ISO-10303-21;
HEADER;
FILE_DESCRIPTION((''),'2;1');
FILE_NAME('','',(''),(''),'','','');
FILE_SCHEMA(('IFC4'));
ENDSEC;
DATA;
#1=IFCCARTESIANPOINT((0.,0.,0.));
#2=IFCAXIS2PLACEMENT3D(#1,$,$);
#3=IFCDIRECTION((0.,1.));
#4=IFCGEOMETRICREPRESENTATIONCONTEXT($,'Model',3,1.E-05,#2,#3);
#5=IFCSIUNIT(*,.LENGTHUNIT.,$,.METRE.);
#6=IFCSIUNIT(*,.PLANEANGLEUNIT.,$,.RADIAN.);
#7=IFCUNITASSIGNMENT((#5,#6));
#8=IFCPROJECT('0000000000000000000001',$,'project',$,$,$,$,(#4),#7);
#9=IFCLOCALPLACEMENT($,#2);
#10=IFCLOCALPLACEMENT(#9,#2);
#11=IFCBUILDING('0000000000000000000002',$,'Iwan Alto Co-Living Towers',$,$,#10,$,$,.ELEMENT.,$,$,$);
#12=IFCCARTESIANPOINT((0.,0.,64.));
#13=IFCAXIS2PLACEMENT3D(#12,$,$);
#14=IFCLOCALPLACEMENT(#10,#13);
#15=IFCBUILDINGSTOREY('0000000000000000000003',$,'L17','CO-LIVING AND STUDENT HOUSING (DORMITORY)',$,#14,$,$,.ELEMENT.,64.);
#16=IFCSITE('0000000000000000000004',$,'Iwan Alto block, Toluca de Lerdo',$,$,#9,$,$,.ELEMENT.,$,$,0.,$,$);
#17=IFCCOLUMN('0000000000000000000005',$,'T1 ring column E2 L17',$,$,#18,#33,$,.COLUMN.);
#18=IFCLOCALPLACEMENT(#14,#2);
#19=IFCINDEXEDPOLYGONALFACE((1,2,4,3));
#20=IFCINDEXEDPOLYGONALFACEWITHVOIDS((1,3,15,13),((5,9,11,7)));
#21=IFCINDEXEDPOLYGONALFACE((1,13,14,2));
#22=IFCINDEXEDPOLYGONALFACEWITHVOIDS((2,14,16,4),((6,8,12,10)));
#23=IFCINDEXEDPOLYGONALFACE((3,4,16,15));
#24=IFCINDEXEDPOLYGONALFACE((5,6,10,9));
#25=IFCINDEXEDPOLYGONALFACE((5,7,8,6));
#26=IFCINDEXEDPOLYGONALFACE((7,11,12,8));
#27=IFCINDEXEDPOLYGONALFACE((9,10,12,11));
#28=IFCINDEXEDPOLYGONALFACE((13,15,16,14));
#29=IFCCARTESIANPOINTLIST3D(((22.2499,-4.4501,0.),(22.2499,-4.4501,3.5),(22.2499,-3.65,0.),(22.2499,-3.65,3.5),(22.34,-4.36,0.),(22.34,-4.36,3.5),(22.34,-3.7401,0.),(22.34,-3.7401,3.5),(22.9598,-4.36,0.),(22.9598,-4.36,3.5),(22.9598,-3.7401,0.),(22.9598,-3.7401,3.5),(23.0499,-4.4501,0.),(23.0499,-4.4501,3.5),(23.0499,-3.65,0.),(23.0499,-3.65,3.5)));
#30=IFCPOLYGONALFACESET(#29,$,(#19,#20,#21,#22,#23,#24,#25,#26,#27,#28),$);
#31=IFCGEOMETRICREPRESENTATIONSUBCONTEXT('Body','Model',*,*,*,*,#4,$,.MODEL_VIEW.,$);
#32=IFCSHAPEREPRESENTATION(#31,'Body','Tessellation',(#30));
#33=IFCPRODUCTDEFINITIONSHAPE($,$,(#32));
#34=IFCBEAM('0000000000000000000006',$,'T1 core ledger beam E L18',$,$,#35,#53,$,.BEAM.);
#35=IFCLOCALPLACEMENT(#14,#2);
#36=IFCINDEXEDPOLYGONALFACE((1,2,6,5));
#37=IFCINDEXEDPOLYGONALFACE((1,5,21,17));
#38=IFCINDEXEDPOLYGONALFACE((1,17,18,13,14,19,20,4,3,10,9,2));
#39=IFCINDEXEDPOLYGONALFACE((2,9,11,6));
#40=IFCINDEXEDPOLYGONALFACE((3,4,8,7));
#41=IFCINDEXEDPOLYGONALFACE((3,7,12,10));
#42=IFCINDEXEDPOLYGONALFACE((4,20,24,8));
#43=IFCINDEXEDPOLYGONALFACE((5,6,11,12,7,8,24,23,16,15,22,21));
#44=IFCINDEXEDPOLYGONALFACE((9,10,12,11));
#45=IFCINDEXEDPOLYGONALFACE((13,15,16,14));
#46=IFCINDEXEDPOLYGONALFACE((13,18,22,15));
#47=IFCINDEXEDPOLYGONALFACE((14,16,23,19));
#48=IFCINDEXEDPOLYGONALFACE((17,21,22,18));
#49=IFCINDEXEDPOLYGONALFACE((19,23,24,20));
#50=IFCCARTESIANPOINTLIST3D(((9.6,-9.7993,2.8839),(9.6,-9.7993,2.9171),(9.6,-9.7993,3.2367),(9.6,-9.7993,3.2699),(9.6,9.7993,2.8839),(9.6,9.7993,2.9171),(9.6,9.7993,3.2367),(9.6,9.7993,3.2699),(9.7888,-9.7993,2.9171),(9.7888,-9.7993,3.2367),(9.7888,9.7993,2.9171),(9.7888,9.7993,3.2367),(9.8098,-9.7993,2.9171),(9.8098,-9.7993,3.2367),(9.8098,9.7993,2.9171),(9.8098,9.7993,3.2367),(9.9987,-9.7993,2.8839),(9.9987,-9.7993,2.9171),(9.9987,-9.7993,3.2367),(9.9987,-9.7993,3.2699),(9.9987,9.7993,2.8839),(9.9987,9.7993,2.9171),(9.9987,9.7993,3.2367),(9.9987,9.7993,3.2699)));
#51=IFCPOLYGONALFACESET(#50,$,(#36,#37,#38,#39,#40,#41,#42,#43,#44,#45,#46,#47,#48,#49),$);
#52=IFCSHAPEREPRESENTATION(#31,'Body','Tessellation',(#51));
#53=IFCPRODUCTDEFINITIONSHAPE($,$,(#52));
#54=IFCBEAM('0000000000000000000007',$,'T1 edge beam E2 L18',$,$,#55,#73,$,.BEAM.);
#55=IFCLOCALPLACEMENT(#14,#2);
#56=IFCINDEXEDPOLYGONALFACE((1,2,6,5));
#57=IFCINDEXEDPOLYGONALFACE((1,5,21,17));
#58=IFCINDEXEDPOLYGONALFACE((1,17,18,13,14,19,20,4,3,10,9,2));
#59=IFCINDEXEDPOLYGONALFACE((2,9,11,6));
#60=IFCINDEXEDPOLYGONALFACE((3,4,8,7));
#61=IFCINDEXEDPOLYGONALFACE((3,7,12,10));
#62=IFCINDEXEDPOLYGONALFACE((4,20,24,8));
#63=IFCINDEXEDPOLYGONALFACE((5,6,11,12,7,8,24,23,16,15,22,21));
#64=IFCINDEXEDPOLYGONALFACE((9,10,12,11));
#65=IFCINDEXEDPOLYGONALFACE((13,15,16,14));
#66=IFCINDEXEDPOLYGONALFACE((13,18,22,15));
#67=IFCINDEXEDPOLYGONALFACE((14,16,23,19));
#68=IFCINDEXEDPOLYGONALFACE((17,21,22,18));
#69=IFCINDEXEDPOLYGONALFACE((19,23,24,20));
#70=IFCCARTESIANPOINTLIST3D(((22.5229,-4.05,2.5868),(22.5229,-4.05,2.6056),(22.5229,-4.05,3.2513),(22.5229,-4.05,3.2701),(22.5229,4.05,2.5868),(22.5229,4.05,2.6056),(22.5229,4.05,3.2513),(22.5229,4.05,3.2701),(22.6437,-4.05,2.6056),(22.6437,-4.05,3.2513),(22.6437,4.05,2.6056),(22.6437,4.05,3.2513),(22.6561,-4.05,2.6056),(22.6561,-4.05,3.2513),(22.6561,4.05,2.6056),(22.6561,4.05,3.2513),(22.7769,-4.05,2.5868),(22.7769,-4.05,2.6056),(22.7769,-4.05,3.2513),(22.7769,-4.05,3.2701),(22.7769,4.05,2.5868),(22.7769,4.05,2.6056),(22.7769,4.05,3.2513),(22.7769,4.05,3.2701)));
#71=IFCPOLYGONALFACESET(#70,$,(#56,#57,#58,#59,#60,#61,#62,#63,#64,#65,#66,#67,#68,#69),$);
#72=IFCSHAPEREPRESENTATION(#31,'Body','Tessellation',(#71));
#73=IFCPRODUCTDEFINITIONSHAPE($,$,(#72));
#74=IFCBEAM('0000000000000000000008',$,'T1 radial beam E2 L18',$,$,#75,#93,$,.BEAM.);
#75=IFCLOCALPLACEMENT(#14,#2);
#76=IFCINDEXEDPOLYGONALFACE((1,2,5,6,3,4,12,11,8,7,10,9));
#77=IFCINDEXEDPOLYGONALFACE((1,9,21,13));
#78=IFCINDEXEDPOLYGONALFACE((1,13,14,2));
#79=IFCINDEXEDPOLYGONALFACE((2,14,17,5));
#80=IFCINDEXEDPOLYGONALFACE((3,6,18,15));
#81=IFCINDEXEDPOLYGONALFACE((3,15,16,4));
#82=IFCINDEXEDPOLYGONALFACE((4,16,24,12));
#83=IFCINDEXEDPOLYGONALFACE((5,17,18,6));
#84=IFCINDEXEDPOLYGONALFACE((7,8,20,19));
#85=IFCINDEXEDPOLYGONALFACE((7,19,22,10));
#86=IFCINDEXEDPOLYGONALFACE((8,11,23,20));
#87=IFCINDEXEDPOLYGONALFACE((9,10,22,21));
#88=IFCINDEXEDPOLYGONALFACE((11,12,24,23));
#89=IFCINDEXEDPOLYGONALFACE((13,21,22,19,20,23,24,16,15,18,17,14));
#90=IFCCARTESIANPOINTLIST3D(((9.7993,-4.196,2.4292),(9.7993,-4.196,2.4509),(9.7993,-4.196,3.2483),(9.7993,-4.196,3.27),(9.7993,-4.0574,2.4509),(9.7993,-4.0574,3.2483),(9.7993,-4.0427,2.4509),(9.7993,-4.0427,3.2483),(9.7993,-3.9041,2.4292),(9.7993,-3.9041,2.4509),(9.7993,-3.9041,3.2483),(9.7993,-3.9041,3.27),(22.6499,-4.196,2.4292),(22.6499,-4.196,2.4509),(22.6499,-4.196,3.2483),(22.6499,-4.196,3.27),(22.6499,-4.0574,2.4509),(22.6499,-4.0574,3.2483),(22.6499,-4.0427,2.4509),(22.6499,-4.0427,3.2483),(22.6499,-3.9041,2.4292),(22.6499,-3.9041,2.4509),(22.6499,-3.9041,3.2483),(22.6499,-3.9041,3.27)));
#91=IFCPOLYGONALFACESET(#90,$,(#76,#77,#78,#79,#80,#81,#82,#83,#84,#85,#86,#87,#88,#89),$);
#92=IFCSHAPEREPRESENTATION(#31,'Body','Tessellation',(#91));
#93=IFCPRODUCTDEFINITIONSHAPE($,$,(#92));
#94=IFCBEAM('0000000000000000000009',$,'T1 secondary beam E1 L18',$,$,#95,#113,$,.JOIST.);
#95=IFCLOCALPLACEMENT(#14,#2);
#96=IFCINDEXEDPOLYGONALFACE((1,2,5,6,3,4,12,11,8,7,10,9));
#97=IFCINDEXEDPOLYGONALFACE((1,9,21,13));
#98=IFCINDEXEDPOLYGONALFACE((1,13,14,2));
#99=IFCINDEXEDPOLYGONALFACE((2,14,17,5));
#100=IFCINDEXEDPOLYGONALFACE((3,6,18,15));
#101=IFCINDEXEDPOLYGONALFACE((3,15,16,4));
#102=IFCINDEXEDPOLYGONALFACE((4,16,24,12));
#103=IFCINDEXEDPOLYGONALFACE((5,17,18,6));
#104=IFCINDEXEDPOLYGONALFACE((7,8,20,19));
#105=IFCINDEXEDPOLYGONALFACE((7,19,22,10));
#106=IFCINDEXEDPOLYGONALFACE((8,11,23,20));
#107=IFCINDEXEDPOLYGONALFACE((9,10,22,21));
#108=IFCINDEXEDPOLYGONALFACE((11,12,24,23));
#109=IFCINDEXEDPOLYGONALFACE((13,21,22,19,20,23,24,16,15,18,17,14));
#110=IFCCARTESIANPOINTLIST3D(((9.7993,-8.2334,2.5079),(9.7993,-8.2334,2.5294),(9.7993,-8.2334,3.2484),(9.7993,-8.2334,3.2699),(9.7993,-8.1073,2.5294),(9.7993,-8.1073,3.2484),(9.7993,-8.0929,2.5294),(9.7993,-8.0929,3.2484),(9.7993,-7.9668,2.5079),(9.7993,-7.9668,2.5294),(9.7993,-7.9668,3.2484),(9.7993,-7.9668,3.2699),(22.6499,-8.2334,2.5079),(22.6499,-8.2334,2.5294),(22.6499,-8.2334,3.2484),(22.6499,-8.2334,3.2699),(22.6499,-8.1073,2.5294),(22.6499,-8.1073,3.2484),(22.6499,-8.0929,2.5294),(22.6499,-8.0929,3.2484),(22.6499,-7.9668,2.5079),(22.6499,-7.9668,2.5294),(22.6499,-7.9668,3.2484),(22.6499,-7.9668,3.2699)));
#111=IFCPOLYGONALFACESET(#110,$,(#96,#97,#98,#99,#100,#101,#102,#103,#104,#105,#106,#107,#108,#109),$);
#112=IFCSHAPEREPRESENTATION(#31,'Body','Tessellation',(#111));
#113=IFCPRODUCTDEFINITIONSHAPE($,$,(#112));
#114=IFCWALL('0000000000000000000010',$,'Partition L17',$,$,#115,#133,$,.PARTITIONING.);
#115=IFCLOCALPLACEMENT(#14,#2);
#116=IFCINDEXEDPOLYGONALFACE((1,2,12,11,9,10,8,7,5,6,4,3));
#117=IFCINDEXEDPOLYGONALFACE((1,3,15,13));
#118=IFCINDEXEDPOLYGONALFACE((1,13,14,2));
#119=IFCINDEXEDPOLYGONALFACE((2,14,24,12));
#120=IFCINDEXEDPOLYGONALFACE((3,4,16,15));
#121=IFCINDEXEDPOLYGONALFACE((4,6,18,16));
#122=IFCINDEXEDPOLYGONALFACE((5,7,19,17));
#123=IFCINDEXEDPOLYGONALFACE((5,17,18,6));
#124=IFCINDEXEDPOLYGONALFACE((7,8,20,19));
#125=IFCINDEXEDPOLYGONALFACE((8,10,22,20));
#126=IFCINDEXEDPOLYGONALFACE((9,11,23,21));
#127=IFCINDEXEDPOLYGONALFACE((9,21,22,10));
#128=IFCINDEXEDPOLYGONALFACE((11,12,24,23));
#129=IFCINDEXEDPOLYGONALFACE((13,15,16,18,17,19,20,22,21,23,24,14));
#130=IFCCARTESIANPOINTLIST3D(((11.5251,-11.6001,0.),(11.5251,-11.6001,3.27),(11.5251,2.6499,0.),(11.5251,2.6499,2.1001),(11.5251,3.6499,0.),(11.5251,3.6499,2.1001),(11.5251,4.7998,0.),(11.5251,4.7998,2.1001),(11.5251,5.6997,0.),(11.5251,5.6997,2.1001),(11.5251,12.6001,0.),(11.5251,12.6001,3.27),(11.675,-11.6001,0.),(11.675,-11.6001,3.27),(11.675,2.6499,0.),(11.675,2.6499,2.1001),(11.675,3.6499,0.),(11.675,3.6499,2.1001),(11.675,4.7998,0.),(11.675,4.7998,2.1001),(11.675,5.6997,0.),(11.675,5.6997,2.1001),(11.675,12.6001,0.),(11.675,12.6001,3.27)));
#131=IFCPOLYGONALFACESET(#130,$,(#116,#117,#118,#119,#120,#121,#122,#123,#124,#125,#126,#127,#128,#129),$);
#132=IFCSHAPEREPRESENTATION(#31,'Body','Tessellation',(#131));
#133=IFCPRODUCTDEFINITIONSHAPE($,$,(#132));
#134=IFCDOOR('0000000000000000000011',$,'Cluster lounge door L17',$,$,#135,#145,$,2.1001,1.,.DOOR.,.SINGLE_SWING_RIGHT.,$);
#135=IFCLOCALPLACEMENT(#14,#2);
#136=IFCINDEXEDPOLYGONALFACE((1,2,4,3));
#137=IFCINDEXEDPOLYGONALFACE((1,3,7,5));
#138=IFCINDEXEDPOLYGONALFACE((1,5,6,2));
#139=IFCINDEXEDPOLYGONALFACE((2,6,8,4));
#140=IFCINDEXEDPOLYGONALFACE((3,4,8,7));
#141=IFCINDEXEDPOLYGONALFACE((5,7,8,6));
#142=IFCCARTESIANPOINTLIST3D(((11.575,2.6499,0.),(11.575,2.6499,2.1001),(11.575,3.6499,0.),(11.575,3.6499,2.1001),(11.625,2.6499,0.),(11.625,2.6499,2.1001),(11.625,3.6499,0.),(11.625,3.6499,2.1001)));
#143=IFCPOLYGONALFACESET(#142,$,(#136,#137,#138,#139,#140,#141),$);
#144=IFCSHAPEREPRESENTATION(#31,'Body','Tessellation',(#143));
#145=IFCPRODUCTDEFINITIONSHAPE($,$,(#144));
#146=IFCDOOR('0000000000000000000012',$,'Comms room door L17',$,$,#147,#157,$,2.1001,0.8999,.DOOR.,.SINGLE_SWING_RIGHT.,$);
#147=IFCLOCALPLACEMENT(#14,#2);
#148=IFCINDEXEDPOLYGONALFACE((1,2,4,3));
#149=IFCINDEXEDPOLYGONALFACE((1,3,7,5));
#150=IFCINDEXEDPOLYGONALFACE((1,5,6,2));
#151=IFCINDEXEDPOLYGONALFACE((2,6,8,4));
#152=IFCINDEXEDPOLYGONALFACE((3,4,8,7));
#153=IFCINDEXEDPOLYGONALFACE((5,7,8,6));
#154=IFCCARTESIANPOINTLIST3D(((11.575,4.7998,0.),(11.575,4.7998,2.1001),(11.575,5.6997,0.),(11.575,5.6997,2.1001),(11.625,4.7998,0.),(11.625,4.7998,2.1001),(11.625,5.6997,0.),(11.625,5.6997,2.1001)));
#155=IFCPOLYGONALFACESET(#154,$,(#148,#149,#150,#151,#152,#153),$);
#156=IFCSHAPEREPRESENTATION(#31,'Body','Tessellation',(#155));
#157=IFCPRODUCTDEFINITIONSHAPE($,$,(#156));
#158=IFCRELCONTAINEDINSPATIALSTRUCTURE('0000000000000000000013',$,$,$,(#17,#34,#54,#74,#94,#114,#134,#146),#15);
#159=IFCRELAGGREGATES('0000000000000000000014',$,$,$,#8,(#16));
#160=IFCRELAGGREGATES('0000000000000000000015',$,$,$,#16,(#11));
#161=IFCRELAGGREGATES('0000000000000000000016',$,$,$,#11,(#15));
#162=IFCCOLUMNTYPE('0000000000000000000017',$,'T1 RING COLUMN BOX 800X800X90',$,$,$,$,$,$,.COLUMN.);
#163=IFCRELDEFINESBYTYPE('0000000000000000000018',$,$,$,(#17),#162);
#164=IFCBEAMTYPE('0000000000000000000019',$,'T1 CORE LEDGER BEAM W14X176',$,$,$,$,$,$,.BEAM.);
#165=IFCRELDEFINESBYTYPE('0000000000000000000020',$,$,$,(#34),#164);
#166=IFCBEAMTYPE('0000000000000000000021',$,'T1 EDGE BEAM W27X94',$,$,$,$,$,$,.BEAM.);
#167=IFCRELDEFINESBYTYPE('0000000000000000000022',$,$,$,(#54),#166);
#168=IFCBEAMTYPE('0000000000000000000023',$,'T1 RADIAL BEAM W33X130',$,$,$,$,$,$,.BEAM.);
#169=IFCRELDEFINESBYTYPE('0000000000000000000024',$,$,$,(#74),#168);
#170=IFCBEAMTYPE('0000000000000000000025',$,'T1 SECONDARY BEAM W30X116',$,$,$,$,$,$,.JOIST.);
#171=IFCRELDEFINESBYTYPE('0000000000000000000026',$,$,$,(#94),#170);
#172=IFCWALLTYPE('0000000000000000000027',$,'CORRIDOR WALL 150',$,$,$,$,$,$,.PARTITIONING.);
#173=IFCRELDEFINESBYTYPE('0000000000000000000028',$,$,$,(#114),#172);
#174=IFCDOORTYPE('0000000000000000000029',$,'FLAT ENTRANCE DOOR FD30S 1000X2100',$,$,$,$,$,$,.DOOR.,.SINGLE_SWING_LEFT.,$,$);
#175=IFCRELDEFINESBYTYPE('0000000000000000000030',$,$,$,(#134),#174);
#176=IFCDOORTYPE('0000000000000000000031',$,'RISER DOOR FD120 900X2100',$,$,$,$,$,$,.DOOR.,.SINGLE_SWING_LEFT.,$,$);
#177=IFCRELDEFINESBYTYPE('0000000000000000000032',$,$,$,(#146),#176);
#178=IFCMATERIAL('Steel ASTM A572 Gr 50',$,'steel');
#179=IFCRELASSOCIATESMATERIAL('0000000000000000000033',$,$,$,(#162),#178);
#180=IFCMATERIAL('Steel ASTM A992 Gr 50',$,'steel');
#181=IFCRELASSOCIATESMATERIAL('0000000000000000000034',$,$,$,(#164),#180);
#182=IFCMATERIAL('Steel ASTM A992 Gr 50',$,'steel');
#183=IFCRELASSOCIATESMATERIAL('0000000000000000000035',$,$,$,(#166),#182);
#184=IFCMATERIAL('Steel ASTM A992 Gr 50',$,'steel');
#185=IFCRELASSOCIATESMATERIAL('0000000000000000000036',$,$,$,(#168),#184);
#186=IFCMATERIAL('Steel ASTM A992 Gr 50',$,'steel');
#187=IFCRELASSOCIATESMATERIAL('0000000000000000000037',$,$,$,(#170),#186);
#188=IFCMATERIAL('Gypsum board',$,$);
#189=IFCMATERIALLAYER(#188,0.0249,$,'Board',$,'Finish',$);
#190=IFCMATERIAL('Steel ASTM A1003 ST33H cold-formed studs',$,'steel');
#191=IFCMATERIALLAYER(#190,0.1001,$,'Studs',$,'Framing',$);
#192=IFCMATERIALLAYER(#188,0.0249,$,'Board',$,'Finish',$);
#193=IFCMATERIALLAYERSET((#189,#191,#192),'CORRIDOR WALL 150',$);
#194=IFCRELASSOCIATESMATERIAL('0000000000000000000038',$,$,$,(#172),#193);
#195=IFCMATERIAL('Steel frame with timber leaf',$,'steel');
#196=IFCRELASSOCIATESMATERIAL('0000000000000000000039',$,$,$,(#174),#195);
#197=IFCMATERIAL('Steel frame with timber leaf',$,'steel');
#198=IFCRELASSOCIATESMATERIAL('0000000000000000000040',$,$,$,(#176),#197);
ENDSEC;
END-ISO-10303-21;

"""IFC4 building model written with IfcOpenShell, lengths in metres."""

from ifc_helpers import new_model, si_unit, direction, frame, frame_2d, origin, origin_2d, place, context, subcontext, project, spatial, rectangle, hollow_rectangle, i_section, extrude, material, layer, layer_set, material_profile, profile_set, type_object, element, fill, save


model = new_model("IFC4")

# Units and contexts
model_context = context("Model", 3, precision=1e-05, world=origin(), true_north=direction((0.0, 1.0)))
body_context = subcontext(model_context, "Body", "Model", "MODEL_VIEW")
ifc_project = project(units=[si_unit("LENGTHUNIT", "METRE"), si_unit("PLANEANGLEUNIT", "RADIAN")], contexts=[model_context])

# Site, building, storey
site_placement = place(None, origin())
site = spatial("IfcSite", under=ifc_project, at=site_placement, Name="Iwan Alto block, Toluca de Lerdo", CompositionType="ELEMENT", RefElevation=0.0)
building_placement = place(site_placement, origin())
building = spatial("IfcBuilding", under=site, at=building_placement, Name="Iwan Alto Co-Living Towers", CompositionType="ELEMENT")
storey_placement = place(building_placement, frame((0.0, 0.0, 64.0)))
storey = spatial("IfcBuildingStorey", under=building, at=storey_placement, Name="L17", Description="CO-LIVING AND STUDENT HOUSING (DORMITORY)", CompositionType="ELEMENT", Elevation=64.0)

# Column
ifc_material_1 = material(Name="Steel ASTM A572 Gr 50", Category="steel")
ifc_material_profile_1 = material_profile(ifc_material_1, hollow_rectangle(XDim=0.8, YDim=0.8, WallThickness=0.0901, at=origin_2d()), Name="BOX 800X800X90")
ifc_profile_set_1 = profile_set([ifc_material_profile_1], Name="Steel ASTM A572 Gr 50")
column_type = type_object("IfcColumnType", Name="T1 RING COLUMN BOX 800X800X90", PredefinedType="COLUMN", material=ifc_profile_set_1)
column_placement = place(storey_placement, frame((22.6499, -4.05, 0.0), z_axis=(0.0, 0.0, 1.0), x_axis=(1.0, 0.0, 0.0)))
element("IfcColumn", 1, at=column_placement, inside=storey, type_object=column_type, Name="T1 ring column E2 L17", PredefinedType="COLUMN", context=body_context, shape_type="SweptSolid", body=[
    extrude(hollow_rectangle(XDim=0.8, YDim=0.8, WallThickness=0.0901, at=origin_2d()), origin(), (0.0, 0.0, 1.0), 3.5),
])

# Beams
ifc_material_2 = material(Name="Steel ASTM A992 Gr 50", Category="steel")
ifc_material_profile_2 = material_profile(ifc_material_2, i_section(OverallWidth=0.3987, OverallDepth=0.386, WebThickness=0.021, FlangeThickness=0.0332, at=origin_2d()), Name="W14X176")
ifc_profile_set_2 = profile_set([ifc_material_profile_2], Name="Steel ASTM A992 Gr 50")
beam_type_1 = type_object("IfcBeamType", Name="T1 CORE LEDGER BEAM W14X176", PredefinedType="BEAM", material=ifc_profile_set_2)
beam_1_placement = place(storey_placement, frame((9.7993, -9.7993, 3.0769), z_axis=(0.0, 1.0, 0.0), x_axis=(-1.0, 0.0, 0.0)))
element("IfcBeam", 2, at=beam_1_placement, inside=storey, type_object=beam_type_1, Name="T1 core ledger beam E L18", PredefinedType="BEAM", context=body_context, shape_type="SweptSolid", body=[
    extrude(i_section(OverallWidth=0.3987, OverallDepth=0.386, WebThickness=0.021, FlangeThickness=0.0332, at=origin_2d()), origin(), (0.0, 0.0, 1.0), 19.5986),
])
ifc_material_3 = material(Name="Steel ASTM A992 Gr 50", Category="steel")
ifc_material_profile_3 = material_profile(ifc_material_3, i_section(OverallWidth=0.2539, OverallDepth=0.6833, WebThickness=0.0125, FlangeThickness=0.0188, at=origin_2d()), Name="W27X94")
ifc_profile_set_3 = profile_set([ifc_material_profile_3], Name="Steel ASTM A992 Gr 50")
beam_type_2 = type_object("IfcBeamType", Name="T1 EDGE BEAM W27X94", PredefinedType="BEAM", material=ifc_profile_set_3)
beam_2_placement = place(storey_placement, frame((22.6499, -4.05, 2.9285), z_axis=(0.0, 1.0, 0.0), x_axis=(-1.0, 0.0, 0.0)))
element("IfcBeam", 3, at=beam_2_placement, inside=storey, type_object=beam_type_2, Name="T1 edge beam E2 L18", PredefinedType="BEAM", context=body_context, shape_type="SweptSolid", body=[
    extrude(i_section(OverallWidth=0.2539, OverallDepth=0.6833, WebThickness=0.0125, FlangeThickness=0.0188, at=origin_2d()), origin(), (0.0, 0.0, 1.0), 8.1001),
])
ifc_material_4 = material(Name="Steel ASTM A992 Gr 50", Category="steel")
ifc_material_profile_4 = material_profile(ifc_material_4, i_section(OverallWidth=0.292, OverallDepth=0.8408, WebThickness=0.0146, FlangeThickness=0.0217, at=origin_2d()), Name="W33X130")
ifc_profile_set_4 = profile_set([ifc_material_profile_4], Name="Steel ASTM A992 Gr 50")
beam_type_3 = type_object("IfcBeamType", Name="T1 RADIAL BEAM W33X130", PredefinedType="BEAM", material=ifc_profile_set_4)
beam_3_placement = place(storey_placement, frame((22.6499, -4.05, 2.8496), z_axis=(-1.0, 0.0, 0.0), x_axis=(0.0, -1.0, 0.0)))
element("IfcBeam", 4, at=beam_3_placement, inside=storey, type_object=beam_type_3, Name="T1 radial beam E2 L18", PredefinedType="BEAM", context=body_context, shape_type="SweptSolid", body=[
    extrude(i_section(OverallWidth=0.292, OverallDepth=0.8408, WebThickness=0.0146, FlangeThickness=0.0217, at=origin_2d()), origin(), (0.0, 0.0, 1.0), 12.8506),
])
ifc_material_5 = material(Name="Steel ASTM A992 Gr 50", Category="steel")
ifc_material_profile_5 = material_profile(ifc_material_5, i_section(OverallWidth=0.2666, OverallDepth=0.762, WebThickness=0.0144, FlangeThickness=0.0215, at=origin_2d()), Name="W30X116")
ifc_profile_set_5 = profile_set([ifc_material_profile_5], Name="Steel ASTM A992 Gr 50")
beam_type_4 = type_object("IfcBeamType", Name="T1 SECONDARY BEAM W30X116", PredefinedType="JOIST", material=ifc_profile_set_5)
beam_4_placement = place(storey_placement, frame((22.6499, -8.1001, 2.8889), z_axis=(-1.0, 0.0, 0.0), x_axis=(0.0, -1.0, 0.0)))
element("IfcBeam", 5, at=beam_4_placement, inside=storey, type_object=beam_type_4, Name="T1 secondary beam E1 L18", PredefinedType="JOIST", context=body_context, shape_type="SweptSolid", body=[
    extrude(i_section(OverallWidth=0.2666, OverallDepth=0.762, WebThickness=0.0144, FlangeThickness=0.0215, at=origin_2d()), origin(), (0.0, 0.0, 1.0), 12.8506),
])

# Wall, openings, doors
ifc_material_6 = material(Name="Gypsum board")
ifc_layer_1 = layer(ifc_material_6, 0.0249, Name="Board", Category="Finish")
ifc_material_7 = material(Name="Steel ASTM A1003 ST33H cold-formed studs", Category="steel")
ifc_layer_2 = layer(ifc_material_7, 0.1001, Name="Studs", Category="Framing")
ifc_layer_3 = layer(ifc_material_6, 0.0249, Name="Board", Category="Finish")
ifc_layer_set_1 = layer_set([ifc_layer_1, ifc_layer_2, ifc_layer_3], Name="CORRIDOR WALL 150")
wall_type_1 = type_object("IfcWallType", Name="CORRIDOR WALL 150", PredefinedType="PARTITIONING", material=ifc_layer_set_1)
wall_1_placement = place(storey_placement, frame((11.6001, -11.6001, 0.0), z_axis=(0.0, 0.0, 1.0), x_axis=(0.0, 1.0, 0.0)))
wall_1 = element("IfcWall", 6, at=wall_1_placement, inside=storey, type_object=wall_type_1, Name="Partition L17", PredefinedType="PARTITIONING", context=body_context, shape_type="SweptSolid", body=[
    extrude(rectangle(XDim=24.2002, YDim=0.1499, at=frame_2d((12.1001, 0.0))), origin(), (0.0, 0.0, 1.0), 3.27),
])
opening_1_placement = place(wall_1_placement, frame((14.25, 0.0, 0.0)))
opening_1 = element("IfcOpeningElement", 7, at=opening_1_placement, cuts=wall_1, PredefinedType="OPENING", context=body_context, shape_type="SweptSolid", body=[
    extrude(rectangle(XDim=1.0, YDim=2.1001, at=frame_2d((0.5, 1.05))), frame((0.0, 0.085, 0.0), z_axis=(0.0, -1.0, 0.0), x_axis=(1.0, 0.0, 0.0)), (0.0, 0.0, 1.0), 0.1699),
])
opening_2_placement = place(wall_1_placement, frame((16.3999, 0.0, 0.0)))
opening_2 = element("IfcOpeningElement", 8, at=opening_2_placement, cuts=wall_1, PredefinedType="OPENING", context=body_context, shape_type="SweptSolid", body=[
    extrude(rectangle(XDim=0.8999, YDim=2.1001, at=frame_2d((0.45, 1.05))), frame((0.0, 0.085, 0.0), z_axis=(0.0, -1.0, 0.0), x_axis=(1.0, 0.0, 0.0)), (0.0, 0.0, 1.0), 0.1699),
])
ifc_material_8 = material(Name="Steel frame with timber leaf", Category="steel")
door_type_1 = type_object("IfcDoorType", Name="FLAT ENTRANCE DOOR FD30S 1000X2100", OperationType="SINGLE_SWING_LEFT", PredefinedType="DOOR", material=ifc_material_8)
door_1_placement = place(opening_1_placement, frame((1.0, 0.0, 0.0), z_axis=(0.0, 0.0, 1.0), x_axis=(-1.0, 0.0, 0.0)))
door_1 = element("IfcDoor", 9, at=door_1_placement, inside=storey, type_object=door_type_1, Name="Cluster lounge door L17", OperationType="SINGLE_SWING_RIGHT", OverallHeight=2.1001, OverallWidth=1.0, PredefinedType="DOOR", context=body_context, shape_type="SweptSolid", body=[
    extrude(rectangle(XDim=1.0, YDim=2.1001, at=frame_2d((0.5, 1.05))), frame((0.0, 0.0249, 0.0), z_axis=(0.0, -1.0, 0.0), x_axis=(1.0, 0.0, 0.0)), (0.0, 0.0, 1.0), 0.05),
])
fill(opening_1, door_1)
ifc_material_9 = material(Name="Steel frame with timber leaf", Category="steel")
door_type_2 = type_object("IfcDoorType", Name="RISER DOOR FD120 900X2100", OperationType="SINGLE_SWING_LEFT", PredefinedType="DOOR", material=ifc_material_9)
door_2_placement = place(opening_2_placement, frame((0.8999, 0.0, 0.0), z_axis=(0.0, 0.0, 1.0), x_axis=(-1.0, 0.0, 0.0)))
door_2 = element("IfcDoor", 10, at=door_2_placement, inside=storey, type_object=door_type_2, Name="Comms room door L17", OperationType="SINGLE_SWING_RIGHT", OverallHeight=2.1001, OverallWidth=0.8999, PredefinedType="DOOR", context=body_context, shape_type="SweptSolid", body=[
    extrude(rectangle(XDim=0.8999, YDim=2.1001, at=frame_2d((0.45, 1.05))), frame((0.0, 0.0249, 0.0), z_axis=(0.0, -1.0, 0.0), x_axis=(1.0, 0.0, 0.0)), (0.0, 0.0, 1.0), 0.05),
])
fill(opening_2, door_2)

save(model, "model.ifc")
